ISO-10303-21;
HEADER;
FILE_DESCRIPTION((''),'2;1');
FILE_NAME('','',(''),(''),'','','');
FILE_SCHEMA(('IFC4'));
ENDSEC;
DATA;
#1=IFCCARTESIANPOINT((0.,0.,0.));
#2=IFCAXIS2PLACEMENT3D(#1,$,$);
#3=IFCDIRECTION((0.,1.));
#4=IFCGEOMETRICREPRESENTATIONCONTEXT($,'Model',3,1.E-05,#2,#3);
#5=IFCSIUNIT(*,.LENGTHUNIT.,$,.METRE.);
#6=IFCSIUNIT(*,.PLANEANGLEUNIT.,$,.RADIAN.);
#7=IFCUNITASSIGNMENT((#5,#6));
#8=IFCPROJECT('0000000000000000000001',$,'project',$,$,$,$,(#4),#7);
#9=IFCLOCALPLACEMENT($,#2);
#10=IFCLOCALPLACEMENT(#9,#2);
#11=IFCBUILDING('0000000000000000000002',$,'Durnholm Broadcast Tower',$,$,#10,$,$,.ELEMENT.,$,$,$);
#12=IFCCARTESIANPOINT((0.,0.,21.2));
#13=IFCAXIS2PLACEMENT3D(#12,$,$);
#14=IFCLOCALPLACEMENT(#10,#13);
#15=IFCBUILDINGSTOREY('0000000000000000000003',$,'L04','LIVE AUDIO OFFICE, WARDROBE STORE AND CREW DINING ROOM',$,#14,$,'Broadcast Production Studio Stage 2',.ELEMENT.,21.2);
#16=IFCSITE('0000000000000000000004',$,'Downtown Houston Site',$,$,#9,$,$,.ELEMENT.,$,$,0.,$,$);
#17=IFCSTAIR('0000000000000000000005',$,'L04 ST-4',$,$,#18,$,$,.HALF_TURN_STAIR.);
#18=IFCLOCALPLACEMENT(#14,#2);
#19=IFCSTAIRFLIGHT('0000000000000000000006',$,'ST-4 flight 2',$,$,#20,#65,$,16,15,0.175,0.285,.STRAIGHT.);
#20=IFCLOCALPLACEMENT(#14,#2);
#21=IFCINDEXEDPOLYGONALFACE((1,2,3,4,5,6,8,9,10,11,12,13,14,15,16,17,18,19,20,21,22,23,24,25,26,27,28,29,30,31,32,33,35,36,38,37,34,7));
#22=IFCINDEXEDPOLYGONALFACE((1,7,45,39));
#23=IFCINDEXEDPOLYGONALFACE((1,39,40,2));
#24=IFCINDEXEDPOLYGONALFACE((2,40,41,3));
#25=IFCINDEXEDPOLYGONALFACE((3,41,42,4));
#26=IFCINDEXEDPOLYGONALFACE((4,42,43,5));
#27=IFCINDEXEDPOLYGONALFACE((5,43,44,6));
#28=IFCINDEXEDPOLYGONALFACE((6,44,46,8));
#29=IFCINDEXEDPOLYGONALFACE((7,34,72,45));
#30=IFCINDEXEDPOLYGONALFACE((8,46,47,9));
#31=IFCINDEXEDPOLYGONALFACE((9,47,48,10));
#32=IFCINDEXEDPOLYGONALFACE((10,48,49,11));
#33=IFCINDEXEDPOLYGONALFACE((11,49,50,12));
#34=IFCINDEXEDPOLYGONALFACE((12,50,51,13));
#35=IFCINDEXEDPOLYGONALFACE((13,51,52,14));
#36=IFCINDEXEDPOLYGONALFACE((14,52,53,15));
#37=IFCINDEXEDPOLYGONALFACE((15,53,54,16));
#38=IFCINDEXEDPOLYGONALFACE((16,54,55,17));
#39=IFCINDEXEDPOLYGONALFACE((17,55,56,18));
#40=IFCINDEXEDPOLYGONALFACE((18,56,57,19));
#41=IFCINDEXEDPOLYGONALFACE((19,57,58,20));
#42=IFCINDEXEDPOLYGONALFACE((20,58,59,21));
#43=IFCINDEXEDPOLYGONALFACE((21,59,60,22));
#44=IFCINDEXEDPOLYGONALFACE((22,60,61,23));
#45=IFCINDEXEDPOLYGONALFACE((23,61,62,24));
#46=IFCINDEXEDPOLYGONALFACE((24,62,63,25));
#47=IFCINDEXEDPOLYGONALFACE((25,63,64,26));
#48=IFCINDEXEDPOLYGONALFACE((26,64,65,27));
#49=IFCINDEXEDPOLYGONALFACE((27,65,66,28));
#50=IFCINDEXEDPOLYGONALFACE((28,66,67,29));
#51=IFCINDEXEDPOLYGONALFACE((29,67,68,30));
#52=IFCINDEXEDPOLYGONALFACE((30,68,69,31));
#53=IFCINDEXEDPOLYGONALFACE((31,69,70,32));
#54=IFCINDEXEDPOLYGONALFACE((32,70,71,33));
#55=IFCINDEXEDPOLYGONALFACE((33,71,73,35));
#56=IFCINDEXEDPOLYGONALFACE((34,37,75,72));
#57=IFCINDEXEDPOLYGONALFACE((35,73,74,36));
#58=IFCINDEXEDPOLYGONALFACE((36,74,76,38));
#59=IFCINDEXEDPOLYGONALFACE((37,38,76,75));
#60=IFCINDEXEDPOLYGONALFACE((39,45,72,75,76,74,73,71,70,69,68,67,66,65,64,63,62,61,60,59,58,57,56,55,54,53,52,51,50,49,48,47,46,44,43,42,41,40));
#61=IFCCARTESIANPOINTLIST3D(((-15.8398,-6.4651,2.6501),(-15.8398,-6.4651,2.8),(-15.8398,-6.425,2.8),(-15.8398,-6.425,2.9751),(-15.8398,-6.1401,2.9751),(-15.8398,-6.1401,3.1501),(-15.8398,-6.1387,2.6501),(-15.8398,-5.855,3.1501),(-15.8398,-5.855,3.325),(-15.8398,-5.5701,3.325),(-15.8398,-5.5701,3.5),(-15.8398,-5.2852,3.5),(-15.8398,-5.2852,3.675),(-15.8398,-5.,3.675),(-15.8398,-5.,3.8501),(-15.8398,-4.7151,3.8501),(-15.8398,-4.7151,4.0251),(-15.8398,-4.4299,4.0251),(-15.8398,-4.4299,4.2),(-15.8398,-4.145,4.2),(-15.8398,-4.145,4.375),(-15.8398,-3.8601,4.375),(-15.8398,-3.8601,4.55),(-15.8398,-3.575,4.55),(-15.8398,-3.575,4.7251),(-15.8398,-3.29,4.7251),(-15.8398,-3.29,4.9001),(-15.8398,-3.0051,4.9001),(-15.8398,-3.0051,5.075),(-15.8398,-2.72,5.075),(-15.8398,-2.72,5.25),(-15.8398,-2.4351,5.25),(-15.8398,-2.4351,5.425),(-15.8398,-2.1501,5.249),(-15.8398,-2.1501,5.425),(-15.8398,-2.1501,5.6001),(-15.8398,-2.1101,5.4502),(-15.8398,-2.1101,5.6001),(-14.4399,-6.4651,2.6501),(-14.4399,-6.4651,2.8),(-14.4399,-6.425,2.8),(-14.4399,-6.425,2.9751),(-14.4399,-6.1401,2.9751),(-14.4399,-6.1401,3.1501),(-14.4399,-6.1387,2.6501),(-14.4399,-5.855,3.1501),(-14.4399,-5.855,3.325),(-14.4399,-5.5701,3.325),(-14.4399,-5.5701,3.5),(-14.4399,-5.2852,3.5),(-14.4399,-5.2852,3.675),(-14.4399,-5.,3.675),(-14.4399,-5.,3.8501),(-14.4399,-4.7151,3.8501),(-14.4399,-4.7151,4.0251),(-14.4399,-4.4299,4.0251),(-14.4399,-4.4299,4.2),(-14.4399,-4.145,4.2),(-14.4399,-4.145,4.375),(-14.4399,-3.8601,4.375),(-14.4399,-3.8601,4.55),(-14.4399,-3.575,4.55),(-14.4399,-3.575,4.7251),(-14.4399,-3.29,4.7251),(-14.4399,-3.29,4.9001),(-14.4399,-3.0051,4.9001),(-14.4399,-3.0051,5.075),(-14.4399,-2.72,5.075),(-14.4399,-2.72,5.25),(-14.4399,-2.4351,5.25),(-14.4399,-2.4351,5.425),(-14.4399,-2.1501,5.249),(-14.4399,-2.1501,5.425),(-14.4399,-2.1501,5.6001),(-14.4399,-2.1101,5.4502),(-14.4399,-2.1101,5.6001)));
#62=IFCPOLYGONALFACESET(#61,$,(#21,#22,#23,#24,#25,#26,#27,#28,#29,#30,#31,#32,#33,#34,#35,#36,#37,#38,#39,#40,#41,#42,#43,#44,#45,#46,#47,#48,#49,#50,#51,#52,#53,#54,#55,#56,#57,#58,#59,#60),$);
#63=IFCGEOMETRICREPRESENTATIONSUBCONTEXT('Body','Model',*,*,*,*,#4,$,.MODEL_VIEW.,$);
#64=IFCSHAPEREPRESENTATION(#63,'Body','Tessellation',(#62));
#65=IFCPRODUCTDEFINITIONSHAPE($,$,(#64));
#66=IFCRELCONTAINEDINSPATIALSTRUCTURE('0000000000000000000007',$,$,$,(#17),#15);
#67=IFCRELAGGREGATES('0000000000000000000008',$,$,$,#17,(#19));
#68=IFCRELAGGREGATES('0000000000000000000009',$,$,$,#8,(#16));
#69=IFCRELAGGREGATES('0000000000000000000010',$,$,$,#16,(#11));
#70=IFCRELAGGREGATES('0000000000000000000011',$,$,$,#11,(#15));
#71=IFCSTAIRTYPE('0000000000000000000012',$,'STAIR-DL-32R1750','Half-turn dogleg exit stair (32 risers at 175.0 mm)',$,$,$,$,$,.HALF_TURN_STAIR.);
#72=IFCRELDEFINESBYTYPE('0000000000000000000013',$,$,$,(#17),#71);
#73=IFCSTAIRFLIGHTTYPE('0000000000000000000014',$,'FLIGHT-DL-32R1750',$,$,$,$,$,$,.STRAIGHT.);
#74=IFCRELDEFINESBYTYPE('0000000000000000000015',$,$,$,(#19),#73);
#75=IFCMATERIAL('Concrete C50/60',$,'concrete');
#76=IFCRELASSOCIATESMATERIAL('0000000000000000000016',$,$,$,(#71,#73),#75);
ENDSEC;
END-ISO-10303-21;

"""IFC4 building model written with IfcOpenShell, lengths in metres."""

from ifc_helpers import new_model, si_unit, direction, frame, origin, place, context, subcontext, project, spatial, polyline, outline, extrude, material, type_object, element, aggregate, save


model = new_model("IFC4")

# Units and contexts
model_context = context("Model", 3, precision=1e-05, world=origin(), true_north=direction((0.0, 1.0)))
body_context = subcontext(model_context, "Body", "Model", "MODEL_VIEW")
ifc_project = project(units=[si_unit("LENGTHUNIT", "METRE"), si_unit("PLANEANGLEUNIT", "RADIAN")], contexts=[model_context])

# Site, building, storey
site_placement = place(None, origin())
site = spatial("IfcSite", under=ifc_project, at=site_placement, Name="Downtown Houston Site", CompositionType="ELEMENT", RefElevation=0.0)
building_placement = place(site_placement, origin())
building = spatial("IfcBuilding", under=site, at=building_placement, Name="Durnholm Broadcast Tower", CompositionType="ELEMENT")
storey_placement = place(building_placement, frame((0.0, 0.0, 21.2)))
storey = spatial("IfcBuildingStorey", under=building, at=storey_placement, Name="L04", Description="LIVE AUDIO OFFICE, WARDROBE STORE AND CREW DINING ROOM", LongName="Broadcast Production Studio Stage 2", CompositionType="ELEMENT", Elevation=21.2)

# Shared definitions
ifc_material_1 = material(Name="Concrete C50/60", Category="concrete")

# Stair, stair flight
stair_type = type_object("IfcStairType", Name="STAIR-DL-32R1750", Description="Half-turn dogleg exit stair (32 risers at 175.0 mm)", PredefinedType="HALF_TURN_STAIR", material=ifc_material_1)
stair_placement = place(storey_placement, origin())
stair = element("IfcStair", 1, at=stair_placement, inside=storey, type_object=stair_type, Name="L04 ST-4", PredefinedType="HALF_TURN_STAIR")
stair_flight_type = type_object("IfcStairFlightType", Name="FLIGHT-DL-32R1750", PredefinedType="STRAIGHT", material=ifc_material_1)
stair_flight_1_placement = place(storey_placement, frame((-15.1399, -6.425, 2.8), z_axis=(0.0, 0.0, 1.0), x_axis=(0.0, 1.0, 0.0)))
stair_flight_1 = element("IfcStairFlight", 2, at=stair_flight_1_placement, type_object=stair_flight_type, Name="ST-4 flight 2", NumberOfRisers=16, NumberOfTreads=15, PredefinedType="STRAIGHT", RiserHeight=0.175, TreadLength=0.285, context=body_context, shape_type="SweptSolid", body=[
    extrude(outline(polyline([(-0.04, -0.1499), (-0.04, 0.0), (0.0, 0.0), (0.0, 0.175), (0.2849, 0.175), (0.2849, 0.3501), (0.5701, 0.3501), (0.5701, 0.5249), (0.855, 0.5249), (0.855, 0.7), (1.1399, 0.7), (1.1399, 0.875), (1.425, 0.875), (1.425, 1.05), (1.71, 1.05), (1.71, 1.2251), (1.9951, 1.2251), (1.9951, 1.3999), (2.28, 1.3999), (2.28, 1.575), (2.5649, 1.575), (2.5649, 1.75), (2.8501, 1.75), (2.8501, 1.925), (3.135, 1.925), (3.135, 2.1001), (3.4199, 2.1001), (3.4199, 2.2749), (3.7051, 2.2749), (3.7051, 2.45), (3.99, 2.45), (3.99, 2.625), (4.2749, 2.625), (4.2749, 2.8), (4.3149, 2.8), (4.3149, 2.6501), (4.2749, 2.449), (0.2864, -0.1499), (-0.04, -0.1499)])), frame((0.0, 0.7, 0.0), z_axis=(0.0, -1.0, 0.0), x_axis=(1.0, 0.0, 0.0)), (0.0, 0.0, 1.0), 1.3999),
])
aggregate(stair, [stair_flight_1])

save(model, "model.ifc")
